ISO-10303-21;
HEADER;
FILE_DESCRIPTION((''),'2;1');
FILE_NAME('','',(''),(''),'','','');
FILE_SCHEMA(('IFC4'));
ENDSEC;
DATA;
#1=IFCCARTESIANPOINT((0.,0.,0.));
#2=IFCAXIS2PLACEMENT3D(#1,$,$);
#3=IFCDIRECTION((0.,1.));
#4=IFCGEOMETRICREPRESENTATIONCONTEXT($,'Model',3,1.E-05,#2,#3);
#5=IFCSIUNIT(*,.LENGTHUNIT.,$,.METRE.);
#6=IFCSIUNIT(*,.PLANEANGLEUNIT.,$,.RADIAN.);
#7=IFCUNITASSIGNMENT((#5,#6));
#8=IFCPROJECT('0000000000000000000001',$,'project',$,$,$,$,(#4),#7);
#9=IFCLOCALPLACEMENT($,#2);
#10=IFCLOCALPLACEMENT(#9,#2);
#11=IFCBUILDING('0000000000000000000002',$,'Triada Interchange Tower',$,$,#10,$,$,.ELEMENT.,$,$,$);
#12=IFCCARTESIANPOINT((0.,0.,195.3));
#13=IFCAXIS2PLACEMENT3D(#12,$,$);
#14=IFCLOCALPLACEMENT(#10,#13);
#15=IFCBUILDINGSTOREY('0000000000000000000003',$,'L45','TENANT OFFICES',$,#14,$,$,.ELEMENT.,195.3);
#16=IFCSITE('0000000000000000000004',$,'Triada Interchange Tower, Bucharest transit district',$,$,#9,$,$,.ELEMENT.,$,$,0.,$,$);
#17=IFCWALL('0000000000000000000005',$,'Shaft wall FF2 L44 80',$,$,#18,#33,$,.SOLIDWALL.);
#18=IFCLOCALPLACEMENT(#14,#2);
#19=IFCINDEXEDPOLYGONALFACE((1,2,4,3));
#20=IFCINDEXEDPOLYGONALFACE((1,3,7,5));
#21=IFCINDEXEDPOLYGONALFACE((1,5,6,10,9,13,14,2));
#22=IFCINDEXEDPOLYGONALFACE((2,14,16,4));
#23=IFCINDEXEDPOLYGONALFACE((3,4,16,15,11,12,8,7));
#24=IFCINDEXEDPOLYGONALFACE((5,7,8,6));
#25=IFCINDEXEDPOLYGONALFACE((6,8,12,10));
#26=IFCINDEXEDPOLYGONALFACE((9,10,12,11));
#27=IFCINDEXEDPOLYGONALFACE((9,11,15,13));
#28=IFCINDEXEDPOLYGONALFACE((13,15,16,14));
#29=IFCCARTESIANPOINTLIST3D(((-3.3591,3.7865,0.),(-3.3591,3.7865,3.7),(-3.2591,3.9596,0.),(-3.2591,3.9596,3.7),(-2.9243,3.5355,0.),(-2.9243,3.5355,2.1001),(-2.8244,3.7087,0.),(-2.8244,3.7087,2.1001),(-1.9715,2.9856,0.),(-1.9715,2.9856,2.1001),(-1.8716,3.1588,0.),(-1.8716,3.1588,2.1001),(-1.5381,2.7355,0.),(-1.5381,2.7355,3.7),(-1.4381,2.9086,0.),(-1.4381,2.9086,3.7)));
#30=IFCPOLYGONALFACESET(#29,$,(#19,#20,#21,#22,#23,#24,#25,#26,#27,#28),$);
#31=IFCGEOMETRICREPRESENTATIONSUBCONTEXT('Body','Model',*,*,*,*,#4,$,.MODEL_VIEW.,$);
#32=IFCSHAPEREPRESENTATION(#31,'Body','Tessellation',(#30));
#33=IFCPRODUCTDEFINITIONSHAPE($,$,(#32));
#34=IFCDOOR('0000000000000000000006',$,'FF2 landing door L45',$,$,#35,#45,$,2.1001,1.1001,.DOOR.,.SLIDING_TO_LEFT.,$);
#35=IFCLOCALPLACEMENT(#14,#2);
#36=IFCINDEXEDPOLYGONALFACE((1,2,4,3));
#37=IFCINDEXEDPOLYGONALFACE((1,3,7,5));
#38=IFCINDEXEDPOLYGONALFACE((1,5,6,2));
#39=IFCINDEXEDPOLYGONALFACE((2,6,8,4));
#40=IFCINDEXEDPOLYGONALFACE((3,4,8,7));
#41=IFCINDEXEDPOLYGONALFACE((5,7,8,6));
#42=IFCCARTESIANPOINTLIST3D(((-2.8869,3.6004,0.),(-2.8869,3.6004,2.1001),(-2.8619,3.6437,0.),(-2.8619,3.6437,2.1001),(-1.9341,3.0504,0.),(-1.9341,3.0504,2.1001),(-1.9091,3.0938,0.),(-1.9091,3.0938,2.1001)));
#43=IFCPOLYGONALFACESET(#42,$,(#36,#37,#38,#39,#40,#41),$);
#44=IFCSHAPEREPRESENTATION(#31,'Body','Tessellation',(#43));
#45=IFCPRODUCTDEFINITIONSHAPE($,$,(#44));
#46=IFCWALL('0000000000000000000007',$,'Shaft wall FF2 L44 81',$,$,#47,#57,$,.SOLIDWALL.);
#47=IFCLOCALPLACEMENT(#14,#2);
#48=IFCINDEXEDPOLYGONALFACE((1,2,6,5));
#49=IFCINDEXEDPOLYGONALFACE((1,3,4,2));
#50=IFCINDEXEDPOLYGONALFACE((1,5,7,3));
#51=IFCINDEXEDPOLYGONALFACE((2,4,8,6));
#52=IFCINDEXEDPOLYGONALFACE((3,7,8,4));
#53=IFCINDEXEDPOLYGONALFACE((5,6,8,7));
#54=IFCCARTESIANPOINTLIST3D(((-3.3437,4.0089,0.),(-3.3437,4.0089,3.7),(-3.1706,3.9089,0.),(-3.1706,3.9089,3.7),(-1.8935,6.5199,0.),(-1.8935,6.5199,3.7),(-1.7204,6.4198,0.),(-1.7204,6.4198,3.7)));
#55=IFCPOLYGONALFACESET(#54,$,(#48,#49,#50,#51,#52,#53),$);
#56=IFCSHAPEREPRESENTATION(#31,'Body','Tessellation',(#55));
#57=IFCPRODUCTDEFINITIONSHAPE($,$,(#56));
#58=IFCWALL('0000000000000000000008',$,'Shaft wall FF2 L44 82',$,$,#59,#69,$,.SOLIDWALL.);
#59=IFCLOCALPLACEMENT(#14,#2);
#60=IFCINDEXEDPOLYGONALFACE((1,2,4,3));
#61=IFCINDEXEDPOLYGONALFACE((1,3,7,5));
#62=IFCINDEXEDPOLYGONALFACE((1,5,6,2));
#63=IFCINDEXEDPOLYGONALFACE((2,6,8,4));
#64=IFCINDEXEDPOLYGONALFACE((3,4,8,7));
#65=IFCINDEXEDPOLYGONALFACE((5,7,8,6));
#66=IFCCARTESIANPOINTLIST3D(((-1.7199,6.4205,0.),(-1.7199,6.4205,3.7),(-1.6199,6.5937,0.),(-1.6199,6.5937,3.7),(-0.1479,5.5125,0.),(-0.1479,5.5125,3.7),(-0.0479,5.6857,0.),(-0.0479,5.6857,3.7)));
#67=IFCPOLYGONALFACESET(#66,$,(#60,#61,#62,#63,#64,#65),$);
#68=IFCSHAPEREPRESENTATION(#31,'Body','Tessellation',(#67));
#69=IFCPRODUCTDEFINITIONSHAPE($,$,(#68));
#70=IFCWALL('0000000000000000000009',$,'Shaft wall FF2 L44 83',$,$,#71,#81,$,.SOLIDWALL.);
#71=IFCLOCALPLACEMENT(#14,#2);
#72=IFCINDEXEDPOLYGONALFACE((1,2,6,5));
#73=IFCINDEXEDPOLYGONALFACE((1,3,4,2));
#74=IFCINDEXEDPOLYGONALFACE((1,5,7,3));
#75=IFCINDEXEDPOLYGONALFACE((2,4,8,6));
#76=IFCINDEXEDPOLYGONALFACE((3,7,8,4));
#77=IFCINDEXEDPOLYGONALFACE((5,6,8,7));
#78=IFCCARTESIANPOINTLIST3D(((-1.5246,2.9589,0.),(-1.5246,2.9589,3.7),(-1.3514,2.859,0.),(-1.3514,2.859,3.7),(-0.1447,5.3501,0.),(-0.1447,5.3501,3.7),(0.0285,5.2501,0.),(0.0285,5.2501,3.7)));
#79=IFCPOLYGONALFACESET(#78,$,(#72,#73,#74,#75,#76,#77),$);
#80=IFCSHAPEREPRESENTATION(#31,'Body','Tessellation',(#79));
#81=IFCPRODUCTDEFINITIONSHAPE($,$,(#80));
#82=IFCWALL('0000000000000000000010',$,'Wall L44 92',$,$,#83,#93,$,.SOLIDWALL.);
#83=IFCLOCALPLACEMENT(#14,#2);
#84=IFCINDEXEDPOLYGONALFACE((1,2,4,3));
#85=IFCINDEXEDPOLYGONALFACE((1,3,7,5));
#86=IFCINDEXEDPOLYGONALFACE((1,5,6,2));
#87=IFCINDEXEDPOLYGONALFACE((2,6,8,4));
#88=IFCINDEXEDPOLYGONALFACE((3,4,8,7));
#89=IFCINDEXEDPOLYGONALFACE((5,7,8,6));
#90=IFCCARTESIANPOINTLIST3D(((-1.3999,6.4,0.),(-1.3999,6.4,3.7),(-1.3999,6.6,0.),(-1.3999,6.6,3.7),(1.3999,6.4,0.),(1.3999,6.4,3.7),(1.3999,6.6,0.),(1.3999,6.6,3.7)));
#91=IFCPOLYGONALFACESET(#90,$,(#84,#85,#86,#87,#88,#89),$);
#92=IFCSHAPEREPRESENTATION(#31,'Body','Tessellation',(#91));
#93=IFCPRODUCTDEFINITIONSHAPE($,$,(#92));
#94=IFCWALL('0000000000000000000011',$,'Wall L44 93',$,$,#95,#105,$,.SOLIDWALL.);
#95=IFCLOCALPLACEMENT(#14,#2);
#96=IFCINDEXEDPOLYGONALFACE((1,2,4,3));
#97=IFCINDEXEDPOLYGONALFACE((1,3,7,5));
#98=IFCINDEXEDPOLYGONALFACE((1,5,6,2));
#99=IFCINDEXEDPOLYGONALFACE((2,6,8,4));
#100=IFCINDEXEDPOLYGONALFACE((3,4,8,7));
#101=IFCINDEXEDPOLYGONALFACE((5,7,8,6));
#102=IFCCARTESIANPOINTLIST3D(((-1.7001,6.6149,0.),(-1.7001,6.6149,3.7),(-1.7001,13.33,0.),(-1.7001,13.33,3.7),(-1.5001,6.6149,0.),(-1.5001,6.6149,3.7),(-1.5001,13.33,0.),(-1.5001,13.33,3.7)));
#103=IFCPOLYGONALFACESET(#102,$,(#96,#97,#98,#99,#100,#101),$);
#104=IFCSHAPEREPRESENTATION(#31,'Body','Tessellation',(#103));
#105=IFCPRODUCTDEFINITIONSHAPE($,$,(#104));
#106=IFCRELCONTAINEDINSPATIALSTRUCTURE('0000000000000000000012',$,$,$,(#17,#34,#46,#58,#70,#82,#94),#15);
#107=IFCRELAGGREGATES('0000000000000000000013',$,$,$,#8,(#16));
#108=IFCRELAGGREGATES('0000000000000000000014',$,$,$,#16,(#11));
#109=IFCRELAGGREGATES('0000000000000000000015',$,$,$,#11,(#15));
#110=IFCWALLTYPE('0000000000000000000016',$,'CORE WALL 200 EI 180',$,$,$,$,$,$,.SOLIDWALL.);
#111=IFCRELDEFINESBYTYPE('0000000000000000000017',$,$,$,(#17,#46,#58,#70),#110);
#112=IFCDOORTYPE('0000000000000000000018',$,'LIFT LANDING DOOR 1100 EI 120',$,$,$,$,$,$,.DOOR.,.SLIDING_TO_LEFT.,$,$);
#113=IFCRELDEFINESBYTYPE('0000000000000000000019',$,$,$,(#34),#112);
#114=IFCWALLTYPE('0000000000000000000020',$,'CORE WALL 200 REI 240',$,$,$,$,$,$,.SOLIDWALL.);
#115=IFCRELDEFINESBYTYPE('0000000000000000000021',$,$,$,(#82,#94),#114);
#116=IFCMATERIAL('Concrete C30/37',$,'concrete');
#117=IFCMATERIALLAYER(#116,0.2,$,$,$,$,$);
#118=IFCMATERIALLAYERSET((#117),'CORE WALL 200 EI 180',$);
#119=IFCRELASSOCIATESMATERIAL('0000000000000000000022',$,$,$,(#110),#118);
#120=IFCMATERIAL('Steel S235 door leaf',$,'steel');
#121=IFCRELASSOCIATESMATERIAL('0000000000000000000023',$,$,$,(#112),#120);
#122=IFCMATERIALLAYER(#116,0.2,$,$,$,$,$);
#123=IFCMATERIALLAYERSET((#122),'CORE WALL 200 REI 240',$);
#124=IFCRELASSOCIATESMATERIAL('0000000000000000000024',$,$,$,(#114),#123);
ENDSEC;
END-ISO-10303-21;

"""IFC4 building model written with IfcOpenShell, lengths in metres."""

from ifc_helpers import new_model, si_unit, direction, frame, frame_2d, origin, place, context, subcontext, project, spatial, rectangle, extrude, material, layer, layer_set, type_object, element, fill, save


model = new_model("IFC4")

# Units and contexts
model_context = context("Model", 3, precision=1e-05, world=origin(), true_north=direction((0.0, 1.0)))
body_context = subcontext(model_context, "Body", "Model", "MODEL_VIEW")
ifc_project = project(units=[si_unit("LENGTHUNIT", "METRE"), si_unit("PLANEANGLEUNIT", "RADIAN")], contexts=[model_context])

# Site, building, storey
site_placement = place(None, origin())
site = spatial("IfcSite", under=ifc_project, at=site_placement, Name="Triada Interchange Tower, Bucharest transit district", CompositionType="ELEMENT", RefElevation=0.0)
building_placement = place(site_placement, origin())
building = spatial("IfcBuilding", under=site, at=building_placement, Name="Triada Interchange Tower", CompositionType="ELEMENT")
storey_placement = place(building_placement, frame((0.0, 0.0, 195.3)))
storey = spatial("IfcBuildingStorey", under=building, at=storey_placement, Name="L45", Description="TENANT OFFICES", CompositionType="ELEMENT", Elevation=195.3)

# Shared definitions
ifc_material_1 = material(Name="Concrete C30/37", Category="concrete")
ifc_layer_1 = layer(ifc_material_1, 0.2)
ifc_layer_set_1 = layer_set([ifc_layer_1], Name="CORE WALL 200 EI 180")
wall_type_1 = type_object("IfcWallType", Name="CORE WALL 200 EI 180", PredefinedType="SOLIDWALL", material=ifc_layer_set_1)

# Shared definitions
ifc_material_2 = material(Name="Steel S235 door leaf", Category="steel")

# Wall, opening, door
door_type_1 = type_object("IfcDoorType", Name="LIFT LANDING DOOR 1100 EI 120", OperationType="SLIDING_TO_LEFT", PredefinedType="DOOR", material=ifc_material_2)
wall_1_placement = place(storey_placement, frame((-3.3091, 3.873, 0.0), z_axis=(0.0, 0.0, 1.0), x_axis=(0.866099, -0.499873, 0.0)))
wall_1 = element("IfcWall", 1, at=wall_1_placement, inside=storey, type_object=wall_type_1, Name="Shaft wall FF2 L44 80", PredefinedType="SOLIDWALL", context=body_context, shape_type="SweptSolid", body=[
    extrude(rectangle(XDim=2.1025, YDim=0.2, at=frame_2d((1.0513, 0.0))), origin(), (0.0, 0.0, 1.0), 3.7),
])
opening_1_placement = place(wall_1_placement, frame((0.502, 0.0, 0.0)))
opening_1 = element("IfcOpeningElement", 2, at=opening_1_placement, cuts=wall_1, PredefinedType="OPENING", context=body_context, shape_type="SweptSolid", body=[
    extrude(rectangle(XDim=1.1001, YDim=2.1001, at=frame_2d((0.55, 1.05))), frame((0.0, 0.1099, 0.0), z_axis=(0.0, -1.0, 0.0), x_axis=(1.0, 0.0, 0.0)), (0.0, 0.0, 1.0), 0.22),
])
door_1_placement = place(opening_1_placement, origin())
door_1 = element("IfcDoor", 3, at=door_1_placement, inside=storey, type_object=door_type_1, Name="FF2 landing door L45", OperationType="SLIDING_TO_LEFT", OverallHeight=2.1001, OverallWidth=1.1001, PredefinedType="DOOR", context=body_context, shape_type="SweptSolid", body=[
    extrude(rectangle(XDim=1.1001, YDim=2.1001, at=frame_2d((0.55, 1.05))), frame((0.0, 0.0249, 0.0), z_axis=(0.0, -1.0, 0.0), x_axis=(1.0, 0.0, 0.0)), (0.0, 0.0, 1.0), 0.05),
])
fill(opening_1, door_1)

# Walls
wall_2_placement = place(storey_placement, frame((-3.2571, 3.959, 0.0), z_axis=(0.0, 0.0, 1.0), x_axis=(0.500123, 0.865954, 0.0)))
element("IfcWall", 4, at=wall_2_placement, inside=storey, type_object=wall_type_1, Name="Shaft wall FF2 L44 81", PredefinedType="SOLIDWALL", context=body_context, shape_type="SweptSolid", body=[
    extrude(rectangle(XDim=2.8997, YDim=0.2, at=frame_2d((1.4497, 0.0))), origin(), (0.0, 0.0, 1.0), 3.7),
])
wall_3_placement = place(storey_placement, frame((-1.6699, 6.5071, 0.0), z_axis=(0.0, 0.0, 1.0), x_axis=(0.865941, -0.500145, 0.0)))
element("IfcWall", 5, at=wall_3_placement, inside=storey, type_object=wall_type_1, Name="Shaft wall FF2 L44 82", PredefinedType="SOLIDWALL", context=body_context, shape_type="SweptSolid", body=[
    extrude(rectangle(XDim=1.8154, YDim=0.2, at=frame_2d((0.9077, 0.0))), origin(), (0.0, 0.0, 1.0), 3.7),
])
wall_4_placement = place(storey_placement, frame((-1.438, 2.9089, 0.0), z_axis=(0.0, 0.0, 1.0), x_axis=(0.49983, 0.866124, 0.0)))
element("IfcWall", 6, at=wall_4_placement, inside=storey, type_object=wall_type_1, Name="Shaft wall FF2 L44 83", PredefinedType="SOLIDWALL", context=body_context, shape_type="SweptSolid", body=[
    extrude(rectangle(XDim=2.7607, YDim=0.2, at=frame_2d((1.3804, 0.0))), origin(), (0.0, 0.0, 1.0), 3.7),
])
ifc_layer_2 = layer(ifc_material_1, 0.2)
ifc_layer_set_2 = layer_set([ifc_layer_2], Name="CORE WALL 200 REI 240")
wall_type_2 = type_object("IfcWallType", Name="CORE WALL 200 REI 240", PredefinedType="SOLIDWALL", material=ifc_layer_set_2)
wall_5_placement = place(storey_placement, frame((-1.3999, 6.5, 0.0), z_axis=(0.0, 0.0, 1.0), x_axis=(1.0, 0.0, 0.0)))
element("IfcWall", 7, at=wall_5_placement, inside=storey, type_object=wall_type_2, Name="Wall L44 92", PredefinedType="SOLIDWALL", context=body_context, shape_type="SweptSolid", body=[
    extrude(rectangle(XDim=2.7998, YDim=0.2, at=frame_2d((1.3999, 0.0))), origin(), (0.0, 0.0, 1.0), 3.7),
])
wall_6_placement = place(storey_placement, frame((-1.6001, 6.615, 0.0), z_axis=(0.0, 0.0, 1.0), x_axis=(0.0, 1.0, 0.0)))
element("IfcWall", 8, at=wall_6_placement, inside=storey, type_object=wall_type_2, Name="Wall L44 93", PredefinedType="SOLIDWALL", context=body_context, shape_type="SweptSolid", body=[
    extrude(rectangle(XDim=6.7151, YDim=0.2, at=frame_2d((3.3574, 0.0))), origin(), (0.0, 0.0, 1.0), 3.7),
])

save(model, "model.ifc")
